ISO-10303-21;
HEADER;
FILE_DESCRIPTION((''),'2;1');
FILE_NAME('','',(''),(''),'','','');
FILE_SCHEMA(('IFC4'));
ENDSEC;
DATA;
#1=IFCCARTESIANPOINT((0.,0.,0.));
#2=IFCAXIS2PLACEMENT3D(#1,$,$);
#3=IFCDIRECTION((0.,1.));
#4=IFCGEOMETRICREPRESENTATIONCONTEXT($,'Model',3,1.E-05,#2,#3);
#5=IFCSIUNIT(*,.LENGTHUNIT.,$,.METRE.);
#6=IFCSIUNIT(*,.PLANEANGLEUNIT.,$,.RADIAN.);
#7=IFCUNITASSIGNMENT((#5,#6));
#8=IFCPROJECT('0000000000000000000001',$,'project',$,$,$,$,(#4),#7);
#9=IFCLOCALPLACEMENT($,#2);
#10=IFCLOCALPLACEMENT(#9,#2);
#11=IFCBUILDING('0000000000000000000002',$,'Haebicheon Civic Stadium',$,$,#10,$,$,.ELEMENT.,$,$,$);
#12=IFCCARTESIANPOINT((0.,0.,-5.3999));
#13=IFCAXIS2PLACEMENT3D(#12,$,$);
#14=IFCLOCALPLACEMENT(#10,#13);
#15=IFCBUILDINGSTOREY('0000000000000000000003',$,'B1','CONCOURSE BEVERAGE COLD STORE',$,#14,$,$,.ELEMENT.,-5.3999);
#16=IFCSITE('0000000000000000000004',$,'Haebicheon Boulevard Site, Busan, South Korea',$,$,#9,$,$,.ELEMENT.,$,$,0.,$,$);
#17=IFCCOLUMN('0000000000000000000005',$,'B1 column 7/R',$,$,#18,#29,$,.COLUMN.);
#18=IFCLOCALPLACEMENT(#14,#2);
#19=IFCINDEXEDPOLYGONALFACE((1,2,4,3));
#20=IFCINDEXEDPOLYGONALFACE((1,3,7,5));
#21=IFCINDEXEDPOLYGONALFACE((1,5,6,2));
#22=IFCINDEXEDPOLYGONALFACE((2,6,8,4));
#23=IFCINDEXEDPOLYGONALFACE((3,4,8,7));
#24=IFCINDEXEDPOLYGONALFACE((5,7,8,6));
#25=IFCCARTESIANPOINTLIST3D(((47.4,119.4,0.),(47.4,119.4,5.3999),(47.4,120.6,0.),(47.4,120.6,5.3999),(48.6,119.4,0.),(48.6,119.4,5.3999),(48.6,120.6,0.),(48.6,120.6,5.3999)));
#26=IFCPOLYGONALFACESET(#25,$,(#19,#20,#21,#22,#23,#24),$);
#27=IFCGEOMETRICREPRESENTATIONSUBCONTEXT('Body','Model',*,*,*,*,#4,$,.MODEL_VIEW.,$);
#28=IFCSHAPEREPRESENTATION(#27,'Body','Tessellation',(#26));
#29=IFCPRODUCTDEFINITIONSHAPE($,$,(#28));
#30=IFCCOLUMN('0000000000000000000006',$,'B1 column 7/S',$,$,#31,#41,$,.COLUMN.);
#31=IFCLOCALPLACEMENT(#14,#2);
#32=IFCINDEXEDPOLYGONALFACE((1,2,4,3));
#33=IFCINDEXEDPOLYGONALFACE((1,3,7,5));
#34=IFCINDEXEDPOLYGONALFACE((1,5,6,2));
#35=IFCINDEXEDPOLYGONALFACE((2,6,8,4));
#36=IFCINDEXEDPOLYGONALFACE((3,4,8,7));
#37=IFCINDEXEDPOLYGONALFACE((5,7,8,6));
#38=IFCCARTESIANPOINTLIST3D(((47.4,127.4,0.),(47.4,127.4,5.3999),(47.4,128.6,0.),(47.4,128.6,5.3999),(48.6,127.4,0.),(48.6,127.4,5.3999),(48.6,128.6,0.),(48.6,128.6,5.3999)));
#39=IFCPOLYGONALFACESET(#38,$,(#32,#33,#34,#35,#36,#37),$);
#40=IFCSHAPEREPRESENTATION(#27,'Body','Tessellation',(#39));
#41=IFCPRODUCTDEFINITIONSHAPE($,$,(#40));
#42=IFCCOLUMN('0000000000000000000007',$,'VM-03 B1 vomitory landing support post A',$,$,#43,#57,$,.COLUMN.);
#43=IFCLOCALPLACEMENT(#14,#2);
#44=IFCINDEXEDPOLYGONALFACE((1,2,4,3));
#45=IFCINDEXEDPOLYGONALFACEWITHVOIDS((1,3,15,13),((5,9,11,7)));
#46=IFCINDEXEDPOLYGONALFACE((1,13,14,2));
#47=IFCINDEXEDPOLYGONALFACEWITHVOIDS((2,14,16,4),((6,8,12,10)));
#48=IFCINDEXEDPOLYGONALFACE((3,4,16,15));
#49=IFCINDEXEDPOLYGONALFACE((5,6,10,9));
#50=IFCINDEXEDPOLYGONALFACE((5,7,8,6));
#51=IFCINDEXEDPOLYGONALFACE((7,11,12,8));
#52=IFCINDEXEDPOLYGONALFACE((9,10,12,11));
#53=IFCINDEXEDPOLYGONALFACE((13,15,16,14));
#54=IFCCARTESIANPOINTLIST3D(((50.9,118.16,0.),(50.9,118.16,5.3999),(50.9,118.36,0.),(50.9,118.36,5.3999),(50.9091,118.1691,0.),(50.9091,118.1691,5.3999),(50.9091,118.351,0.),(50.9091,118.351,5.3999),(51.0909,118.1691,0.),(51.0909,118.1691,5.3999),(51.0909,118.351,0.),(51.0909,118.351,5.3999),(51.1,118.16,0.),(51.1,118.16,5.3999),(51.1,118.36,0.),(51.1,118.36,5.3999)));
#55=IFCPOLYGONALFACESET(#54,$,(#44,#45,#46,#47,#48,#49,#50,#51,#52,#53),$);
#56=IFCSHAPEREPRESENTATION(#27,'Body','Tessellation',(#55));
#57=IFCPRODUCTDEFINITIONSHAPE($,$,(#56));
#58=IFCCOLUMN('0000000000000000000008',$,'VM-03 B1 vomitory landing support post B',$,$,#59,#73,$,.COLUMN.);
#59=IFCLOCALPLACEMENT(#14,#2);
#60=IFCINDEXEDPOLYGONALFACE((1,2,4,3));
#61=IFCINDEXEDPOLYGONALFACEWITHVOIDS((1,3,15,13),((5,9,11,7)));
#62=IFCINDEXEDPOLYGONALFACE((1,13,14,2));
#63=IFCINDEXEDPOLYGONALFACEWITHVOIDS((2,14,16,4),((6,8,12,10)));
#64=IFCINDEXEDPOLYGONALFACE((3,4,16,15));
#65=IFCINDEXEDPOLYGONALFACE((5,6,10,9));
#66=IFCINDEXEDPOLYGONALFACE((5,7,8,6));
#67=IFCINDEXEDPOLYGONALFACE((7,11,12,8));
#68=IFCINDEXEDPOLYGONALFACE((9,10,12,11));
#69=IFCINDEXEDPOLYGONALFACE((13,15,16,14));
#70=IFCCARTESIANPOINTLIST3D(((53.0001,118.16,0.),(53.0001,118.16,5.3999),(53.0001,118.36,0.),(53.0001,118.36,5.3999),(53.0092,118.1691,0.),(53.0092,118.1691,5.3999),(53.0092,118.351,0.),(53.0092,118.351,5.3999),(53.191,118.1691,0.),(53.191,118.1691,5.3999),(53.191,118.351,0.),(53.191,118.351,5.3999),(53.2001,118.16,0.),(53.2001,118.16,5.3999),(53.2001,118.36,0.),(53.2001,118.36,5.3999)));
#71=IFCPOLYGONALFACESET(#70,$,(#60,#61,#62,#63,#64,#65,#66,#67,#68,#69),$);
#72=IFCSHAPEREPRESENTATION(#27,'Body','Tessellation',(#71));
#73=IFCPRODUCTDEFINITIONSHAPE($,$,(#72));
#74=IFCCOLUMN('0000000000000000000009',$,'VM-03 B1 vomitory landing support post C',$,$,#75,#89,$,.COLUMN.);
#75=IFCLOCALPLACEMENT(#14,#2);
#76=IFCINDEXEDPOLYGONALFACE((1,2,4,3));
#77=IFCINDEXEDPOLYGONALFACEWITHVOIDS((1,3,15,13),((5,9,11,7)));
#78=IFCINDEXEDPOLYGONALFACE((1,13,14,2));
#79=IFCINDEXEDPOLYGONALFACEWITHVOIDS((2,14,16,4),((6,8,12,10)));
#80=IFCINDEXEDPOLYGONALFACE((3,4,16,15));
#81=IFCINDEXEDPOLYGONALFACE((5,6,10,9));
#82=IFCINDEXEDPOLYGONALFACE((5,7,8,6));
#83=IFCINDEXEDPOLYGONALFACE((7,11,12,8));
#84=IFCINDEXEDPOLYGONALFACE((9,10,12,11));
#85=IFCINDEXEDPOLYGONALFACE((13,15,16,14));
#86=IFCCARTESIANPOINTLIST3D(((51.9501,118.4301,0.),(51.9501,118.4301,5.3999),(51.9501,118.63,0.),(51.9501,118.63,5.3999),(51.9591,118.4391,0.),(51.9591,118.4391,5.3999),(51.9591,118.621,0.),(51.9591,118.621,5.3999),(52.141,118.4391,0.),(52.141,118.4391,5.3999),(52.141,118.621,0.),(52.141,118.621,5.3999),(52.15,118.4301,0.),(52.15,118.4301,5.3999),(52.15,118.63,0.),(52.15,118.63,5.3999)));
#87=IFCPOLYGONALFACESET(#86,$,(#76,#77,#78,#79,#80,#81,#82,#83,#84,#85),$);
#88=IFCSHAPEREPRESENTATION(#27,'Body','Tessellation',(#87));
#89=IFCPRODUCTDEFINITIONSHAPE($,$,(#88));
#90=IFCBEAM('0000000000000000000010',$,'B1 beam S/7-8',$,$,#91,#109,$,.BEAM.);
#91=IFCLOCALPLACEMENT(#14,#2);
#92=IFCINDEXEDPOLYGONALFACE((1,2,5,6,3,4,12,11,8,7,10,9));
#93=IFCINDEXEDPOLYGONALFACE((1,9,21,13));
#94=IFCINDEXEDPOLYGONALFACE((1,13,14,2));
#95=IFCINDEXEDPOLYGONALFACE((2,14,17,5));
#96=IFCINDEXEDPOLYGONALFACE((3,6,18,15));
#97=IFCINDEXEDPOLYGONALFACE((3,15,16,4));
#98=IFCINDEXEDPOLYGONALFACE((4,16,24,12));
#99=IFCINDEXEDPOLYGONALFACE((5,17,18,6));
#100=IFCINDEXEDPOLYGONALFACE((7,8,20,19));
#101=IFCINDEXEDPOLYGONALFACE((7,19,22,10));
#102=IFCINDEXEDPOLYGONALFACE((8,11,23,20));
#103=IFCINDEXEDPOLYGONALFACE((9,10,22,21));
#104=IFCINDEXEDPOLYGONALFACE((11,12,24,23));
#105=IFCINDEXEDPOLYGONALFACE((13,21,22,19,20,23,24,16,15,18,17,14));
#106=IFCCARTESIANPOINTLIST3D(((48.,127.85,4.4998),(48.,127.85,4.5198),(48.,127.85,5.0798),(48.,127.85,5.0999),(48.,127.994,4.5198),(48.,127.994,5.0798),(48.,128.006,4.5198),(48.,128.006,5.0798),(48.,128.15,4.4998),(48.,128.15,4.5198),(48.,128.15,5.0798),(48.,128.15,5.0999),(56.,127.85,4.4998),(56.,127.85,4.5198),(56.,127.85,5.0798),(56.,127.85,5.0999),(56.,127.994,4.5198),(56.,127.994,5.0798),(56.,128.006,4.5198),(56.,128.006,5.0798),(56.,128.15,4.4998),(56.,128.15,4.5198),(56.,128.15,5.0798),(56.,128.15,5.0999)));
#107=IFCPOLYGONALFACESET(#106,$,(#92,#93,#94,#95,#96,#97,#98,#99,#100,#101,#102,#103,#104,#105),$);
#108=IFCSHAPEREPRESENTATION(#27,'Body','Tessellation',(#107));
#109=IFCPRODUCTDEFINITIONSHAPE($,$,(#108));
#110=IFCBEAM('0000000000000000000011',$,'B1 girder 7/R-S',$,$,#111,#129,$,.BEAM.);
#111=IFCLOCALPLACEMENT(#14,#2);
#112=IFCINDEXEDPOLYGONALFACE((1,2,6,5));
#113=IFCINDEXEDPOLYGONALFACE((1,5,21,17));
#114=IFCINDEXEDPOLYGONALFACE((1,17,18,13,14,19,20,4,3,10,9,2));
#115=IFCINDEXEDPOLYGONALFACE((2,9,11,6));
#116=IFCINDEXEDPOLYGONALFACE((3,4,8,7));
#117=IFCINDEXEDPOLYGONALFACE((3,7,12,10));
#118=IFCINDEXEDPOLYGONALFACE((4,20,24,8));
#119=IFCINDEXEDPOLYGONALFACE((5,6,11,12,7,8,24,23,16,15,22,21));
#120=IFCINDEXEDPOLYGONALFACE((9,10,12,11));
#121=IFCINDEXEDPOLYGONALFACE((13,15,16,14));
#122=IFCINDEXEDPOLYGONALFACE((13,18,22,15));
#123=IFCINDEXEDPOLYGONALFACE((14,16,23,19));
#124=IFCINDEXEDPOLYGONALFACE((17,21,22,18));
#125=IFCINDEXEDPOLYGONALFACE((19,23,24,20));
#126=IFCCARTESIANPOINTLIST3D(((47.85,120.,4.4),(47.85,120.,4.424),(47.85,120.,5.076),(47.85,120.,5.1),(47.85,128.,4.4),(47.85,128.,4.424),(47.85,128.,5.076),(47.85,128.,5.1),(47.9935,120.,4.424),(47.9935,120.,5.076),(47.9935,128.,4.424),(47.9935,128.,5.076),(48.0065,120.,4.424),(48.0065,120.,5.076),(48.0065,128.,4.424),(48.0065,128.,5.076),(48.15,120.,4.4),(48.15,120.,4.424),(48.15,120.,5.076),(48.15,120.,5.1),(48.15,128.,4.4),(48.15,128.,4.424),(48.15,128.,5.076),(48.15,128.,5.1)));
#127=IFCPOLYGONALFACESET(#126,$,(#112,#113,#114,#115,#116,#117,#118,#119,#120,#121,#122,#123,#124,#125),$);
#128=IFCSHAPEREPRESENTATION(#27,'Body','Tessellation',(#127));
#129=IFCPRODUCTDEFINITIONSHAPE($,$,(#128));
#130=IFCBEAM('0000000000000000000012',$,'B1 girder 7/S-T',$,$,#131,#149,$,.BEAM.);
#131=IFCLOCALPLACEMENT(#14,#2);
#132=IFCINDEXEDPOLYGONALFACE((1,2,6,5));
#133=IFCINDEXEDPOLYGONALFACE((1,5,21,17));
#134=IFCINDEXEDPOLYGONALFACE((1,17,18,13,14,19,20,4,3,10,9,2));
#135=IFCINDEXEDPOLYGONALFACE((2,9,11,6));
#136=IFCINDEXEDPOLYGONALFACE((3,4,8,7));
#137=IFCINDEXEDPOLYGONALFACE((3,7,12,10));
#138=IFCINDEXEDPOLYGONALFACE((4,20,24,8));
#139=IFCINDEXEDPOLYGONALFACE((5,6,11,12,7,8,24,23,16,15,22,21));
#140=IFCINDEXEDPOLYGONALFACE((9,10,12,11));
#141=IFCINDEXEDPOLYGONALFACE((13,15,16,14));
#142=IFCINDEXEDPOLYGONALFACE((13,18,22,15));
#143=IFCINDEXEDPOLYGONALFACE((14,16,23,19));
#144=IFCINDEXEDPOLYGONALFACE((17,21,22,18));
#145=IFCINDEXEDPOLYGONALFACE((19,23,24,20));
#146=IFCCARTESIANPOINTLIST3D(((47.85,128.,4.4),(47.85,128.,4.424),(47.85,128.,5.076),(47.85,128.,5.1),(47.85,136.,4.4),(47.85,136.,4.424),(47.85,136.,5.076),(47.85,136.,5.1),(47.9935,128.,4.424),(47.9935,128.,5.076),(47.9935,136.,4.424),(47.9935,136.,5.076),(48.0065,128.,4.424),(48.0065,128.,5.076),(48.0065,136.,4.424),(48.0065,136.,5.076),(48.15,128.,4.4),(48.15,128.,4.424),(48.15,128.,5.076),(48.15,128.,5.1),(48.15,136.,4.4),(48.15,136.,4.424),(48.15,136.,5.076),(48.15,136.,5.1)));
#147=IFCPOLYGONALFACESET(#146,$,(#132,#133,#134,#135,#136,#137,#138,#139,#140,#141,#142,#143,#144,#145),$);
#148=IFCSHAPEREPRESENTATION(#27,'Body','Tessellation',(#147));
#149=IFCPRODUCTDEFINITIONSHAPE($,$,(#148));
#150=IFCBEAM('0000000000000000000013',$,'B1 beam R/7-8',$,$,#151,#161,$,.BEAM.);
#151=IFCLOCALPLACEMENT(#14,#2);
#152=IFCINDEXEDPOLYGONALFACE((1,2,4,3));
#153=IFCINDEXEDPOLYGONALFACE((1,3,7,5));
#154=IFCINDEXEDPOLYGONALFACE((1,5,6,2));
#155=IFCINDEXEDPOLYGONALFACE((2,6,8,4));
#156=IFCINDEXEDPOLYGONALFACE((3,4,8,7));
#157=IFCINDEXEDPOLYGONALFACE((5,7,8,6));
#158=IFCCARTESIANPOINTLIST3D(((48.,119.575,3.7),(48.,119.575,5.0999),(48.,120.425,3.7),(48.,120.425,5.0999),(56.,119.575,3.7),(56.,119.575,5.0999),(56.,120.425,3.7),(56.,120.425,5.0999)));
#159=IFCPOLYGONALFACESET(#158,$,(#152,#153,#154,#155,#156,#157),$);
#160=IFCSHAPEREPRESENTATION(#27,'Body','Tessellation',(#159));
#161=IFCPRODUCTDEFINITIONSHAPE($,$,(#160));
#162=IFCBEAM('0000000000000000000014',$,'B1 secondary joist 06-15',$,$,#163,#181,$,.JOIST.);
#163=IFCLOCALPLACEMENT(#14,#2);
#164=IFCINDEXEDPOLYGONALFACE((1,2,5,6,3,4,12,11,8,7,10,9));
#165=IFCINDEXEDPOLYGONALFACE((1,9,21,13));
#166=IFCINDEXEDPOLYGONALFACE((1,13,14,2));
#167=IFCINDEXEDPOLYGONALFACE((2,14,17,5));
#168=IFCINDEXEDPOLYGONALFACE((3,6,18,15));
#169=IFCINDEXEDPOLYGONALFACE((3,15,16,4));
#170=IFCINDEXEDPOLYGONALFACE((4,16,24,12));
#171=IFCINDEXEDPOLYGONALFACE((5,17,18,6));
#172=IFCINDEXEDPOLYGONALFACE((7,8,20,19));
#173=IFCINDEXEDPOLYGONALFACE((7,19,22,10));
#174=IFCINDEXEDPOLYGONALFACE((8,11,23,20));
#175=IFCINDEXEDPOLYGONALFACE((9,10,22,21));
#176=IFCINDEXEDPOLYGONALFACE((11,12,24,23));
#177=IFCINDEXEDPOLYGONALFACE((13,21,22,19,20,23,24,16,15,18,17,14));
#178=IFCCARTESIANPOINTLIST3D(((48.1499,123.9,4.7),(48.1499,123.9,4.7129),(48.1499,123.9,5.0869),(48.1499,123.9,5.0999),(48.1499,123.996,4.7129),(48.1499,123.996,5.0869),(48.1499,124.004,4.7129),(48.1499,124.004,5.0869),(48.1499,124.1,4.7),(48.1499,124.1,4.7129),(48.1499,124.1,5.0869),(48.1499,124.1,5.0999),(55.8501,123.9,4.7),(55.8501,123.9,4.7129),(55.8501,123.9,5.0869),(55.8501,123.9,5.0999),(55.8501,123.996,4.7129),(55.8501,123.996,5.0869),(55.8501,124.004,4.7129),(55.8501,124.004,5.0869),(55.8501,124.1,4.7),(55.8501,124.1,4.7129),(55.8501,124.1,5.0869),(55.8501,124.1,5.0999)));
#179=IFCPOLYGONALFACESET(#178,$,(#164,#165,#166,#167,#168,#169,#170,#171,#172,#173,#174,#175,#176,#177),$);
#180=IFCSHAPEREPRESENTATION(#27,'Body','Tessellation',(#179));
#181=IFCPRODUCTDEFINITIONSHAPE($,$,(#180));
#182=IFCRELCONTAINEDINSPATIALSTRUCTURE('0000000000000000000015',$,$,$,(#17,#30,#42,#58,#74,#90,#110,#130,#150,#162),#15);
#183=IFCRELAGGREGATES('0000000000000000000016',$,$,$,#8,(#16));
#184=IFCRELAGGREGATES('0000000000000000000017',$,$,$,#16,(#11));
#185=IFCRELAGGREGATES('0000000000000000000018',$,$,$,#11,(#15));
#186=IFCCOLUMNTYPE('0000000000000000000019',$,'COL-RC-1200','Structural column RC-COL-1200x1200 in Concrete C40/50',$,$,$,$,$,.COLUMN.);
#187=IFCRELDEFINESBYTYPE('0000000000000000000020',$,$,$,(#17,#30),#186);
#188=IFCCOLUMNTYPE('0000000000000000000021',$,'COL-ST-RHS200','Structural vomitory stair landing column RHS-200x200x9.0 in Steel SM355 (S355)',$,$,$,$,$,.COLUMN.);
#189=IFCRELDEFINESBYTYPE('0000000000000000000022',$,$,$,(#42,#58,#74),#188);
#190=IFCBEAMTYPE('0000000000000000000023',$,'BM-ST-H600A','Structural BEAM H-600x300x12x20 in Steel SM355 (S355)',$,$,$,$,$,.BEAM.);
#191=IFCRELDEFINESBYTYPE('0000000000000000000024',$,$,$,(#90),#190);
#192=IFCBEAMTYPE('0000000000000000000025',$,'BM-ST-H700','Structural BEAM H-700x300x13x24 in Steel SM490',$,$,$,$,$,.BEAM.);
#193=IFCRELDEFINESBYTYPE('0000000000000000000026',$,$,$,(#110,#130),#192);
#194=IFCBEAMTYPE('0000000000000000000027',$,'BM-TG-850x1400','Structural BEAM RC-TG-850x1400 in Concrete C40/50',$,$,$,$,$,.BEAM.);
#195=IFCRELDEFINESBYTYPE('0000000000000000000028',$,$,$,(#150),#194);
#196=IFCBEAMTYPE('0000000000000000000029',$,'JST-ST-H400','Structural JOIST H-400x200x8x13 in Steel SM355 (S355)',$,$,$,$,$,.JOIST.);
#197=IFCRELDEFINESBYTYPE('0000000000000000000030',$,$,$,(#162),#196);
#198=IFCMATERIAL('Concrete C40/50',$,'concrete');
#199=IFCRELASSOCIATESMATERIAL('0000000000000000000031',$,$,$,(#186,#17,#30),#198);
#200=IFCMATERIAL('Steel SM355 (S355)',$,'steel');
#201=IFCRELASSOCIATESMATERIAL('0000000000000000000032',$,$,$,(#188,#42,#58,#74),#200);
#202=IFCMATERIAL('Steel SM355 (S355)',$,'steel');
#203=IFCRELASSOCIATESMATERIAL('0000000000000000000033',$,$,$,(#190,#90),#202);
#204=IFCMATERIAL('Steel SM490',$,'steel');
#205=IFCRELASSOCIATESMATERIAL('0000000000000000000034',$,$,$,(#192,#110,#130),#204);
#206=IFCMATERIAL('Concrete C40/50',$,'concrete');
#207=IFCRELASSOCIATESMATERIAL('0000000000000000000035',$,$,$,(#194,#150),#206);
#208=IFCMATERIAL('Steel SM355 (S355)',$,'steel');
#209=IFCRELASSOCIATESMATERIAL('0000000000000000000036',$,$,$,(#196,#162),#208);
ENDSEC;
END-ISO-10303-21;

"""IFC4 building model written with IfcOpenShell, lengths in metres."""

from ifc_helpers import new_model, si_unit, direction, frame, origin, origin_2d, place, context, subcontext, project, spatial, rectangle, hollow_rectangle, i_section, extrude, material, material_profile, profile_set, type_object, element, save


model = new_model("IFC4")

# Units and contexts
model_context = context("Model", 3, precision=1e-05, world=origin(), true_north=direction((0.0, 1.0)))
body_context = subcontext(model_context, "Body", "Model", "MODEL_VIEW")
ifc_project = project(units=[si_unit("LENGTHUNIT", "METRE"), si_unit("PLANEANGLEUNIT", "RADIAN")], contexts=[model_context])

# Site, building, storey
site_placement = place(None, origin())
site = spatial("IfcSite", under=ifc_project, at=site_placement, Name="Haebicheon Boulevard Site, Busan, South Korea", CompositionType="ELEMENT", RefElevation=0.0)
building_placement = place(site_placement, origin())
building = spatial("IfcBuilding", under=site, at=building_placement, Name="Haebicheon Civic Stadium", CompositionType="ELEMENT")
storey_placement = place(building_placement, frame((0.0, 0.0, -5.3999)))
storey = spatial("IfcBuildingStorey", under=building, at=storey_placement, Name="B1", Description="CONCOURSE BEVERAGE COLD STORE", CompositionType="ELEMENT", Elevation=-5.3999)

# Columns
ifc_material_1 = material(Name="Concrete C40/50", Category="concrete")
ifc_material_profile_1 = material_profile(ifc_material_1, rectangle(XDim=1.2, YDim=1.2, at=origin_2d()), Name="RC-COL-1200x1200")
ifc_profile_set_1 = profile_set([ifc_material_profile_1], Name="Concrete C40/50")
column_type_1 = type_object("IfcColumnType", Name="COL-RC-1200", Description="Structural column RC-COL-1200x1200 in Concrete C40/50", PredefinedType="COLUMN", material=ifc_profile_set_1)
for number, where, z_axis, x_axis, name in (
    (1, (48.0, 120.0, 0.0), (0.0, 0.0, 1.0), (1.0, 0.0, 0.0), "B1 column 7/R"),
    (2, (48.0, 128.0, 0.0), (0.0, 0.0, 1.0), (1.0, 0.0, 0.0), "B1 column 7/S"),
):
    element("IfcColumn", number, at=place(storey_placement, frame(where, z_axis=z_axis, x_axis=x_axis)), inside=storey, type_object=column_type_1, material=ifc_profile_set_1, Name=name, PredefinedType="COLUMN", context=body_context, shape_type="SweptSolid", body=[
        extrude(rectangle(XDim=1.2, YDim=1.2, at=origin_2d()), origin(), (0.0, 0.0, 1.0), 5.3999),
    ])
ifc_material_2 = material(Name="Steel SM355 (S355)", Category="steel")
ifc_material_profile_2 = material_profile(ifc_material_2, hollow_rectangle(XDim=0.2, YDim=0.2, WallThickness=0.009, at=origin_2d()), Name="RHS-200x200x9.0")
ifc_profile_set_2 = profile_set([ifc_material_profile_2], Name="Steel SM355 (S355)")
column_type_2 = type_object("IfcColumnType", Name="COL-ST-RHS200", Description="Structural vomitory stair landing column RHS-200x200x9.0 in Steel SM355 (S355)", PredefinedType="COLUMN", material=ifc_profile_set_2)
for number, where, z_axis, x_axis, name in (
    (3, (51.0, 118.26, 0.0), (0.0, 0.0, 1.0), (1.0, 0.0, 0.0), "VM-03 B1 vomitory landing support post A"),
    (4, (53.1001, 118.26, 0.0), (0.0, 0.0, 1.0), (1.0, 0.0, 0.0), "VM-03 B1 vomitory landing support post B"),
    (5, (52.05, 118.53, 0.0), (0.0, 0.0, 1.0), (1.0, 0.0, 0.0), "VM-03 B1 vomitory landing support post C"),
):
    element("IfcColumn", number, at=place(storey_placement, frame(where, z_axis=z_axis, x_axis=x_axis)), inside=storey, type_object=column_type_2, material=ifc_profile_set_2, Name=name, PredefinedType="COLUMN", context=body_context, shape_type="SweptSolid", body=[
        extrude(hollow_rectangle(XDim=0.2, YDim=0.2, WallThickness=0.009, at=origin_2d()), origin(), (0.0, 0.0, 1.0), 5.3999),
    ])

# Beams
ifc_material_3 = material(Name="Steel SM355 (S355)", Category="steel")
ifc_material_profile_3 = material_profile(ifc_material_3, i_section(OverallWidth=0.3, OverallDepth=0.6001, WebThickness=0.012, FlangeThickness=0.02, at=origin_2d()), Name="H-600x300x12x20")
ifc_profile_set_3 = profile_set([ifc_material_profile_3], Name="Steel SM355 (S355)")
beam_type_1 = type_object("IfcBeamType", Name="BM-ST-H600A", Description="Structural BEAM H-600x300x12x20 in Steel SM355 (S355)", PredefinedType="BEAM", material=ifc_profile_set_3)
beam_1_placement = place(storey_placement, frame((48.0, 128.0, 4.7998), z_axis=(1.0, 0.0, 0.0), x_axis=(0.0, 1.0, 0.0)))
element("IfcBeam", 6, at=beam_1_placement, inside=storey, type_object=beam_type_1, material=ifc_profile_set_3, Name="B1 beam S/7-8", PredefinedType="BEAM", context=body_context, shape_type="SweptSolid", body=[
    extrude(i_section(OverallWidth=0.3, OverallDepth=0.6001, WebThickness=0.012, FlangeThickness=0.02, at=origin_2d()), origin(), (0.0, 0.0, 1.0), 8.0),
])
ifc_material_4 = material(Name="Steel SM490", Category="steel")
ifc_material_profile_4 = material_profile(ifc_material_4, i_section(OverallWidth=0.3, OverallDepth=0.7, WebThickness=0.0129, FlangeThickness=0.0239, at=origin_2d()), Name="H-700x300x13x24")
ifc_profile_set_4 = profile_set([ifc_material_profile_4], Name="Steel SM490")
beam_type_2 = type_object("IfcBeamType", Name="BM-ST-H700", Description="Structural BEAM H-700x300x13x24 in Steel SM490", PredefinedType="BEAM", material=ifc_profile_set_4)
for number, where, z_axis, x_axis, name in (
    (7, (48.0, 120.0, 4.75), (0.0, 1.0, 0.0), (-1.0, 0.0, 0.0), "B1 girder 7/R-S"),
    (8, (48.0, 128.0, 4.75), (0.0, 1.0, 0.0), (-1.0, 0.0, 0.0), "B1 girder 7/S-T"),
):
    element("IfcBeam", number, at=place(storey_placement, frame(where, z_axis=z_axis, x_axis=x_axis)), inside=storey, type_object=beam_type_2, material=ifc_profile_set_4, Name=name, PredefinedType="BEAM", context=body_context, shape_type="SweptSolid", body=[
        extrude(i_section(OverallWidth=0.3, OverallDepth=0.7, WebThickness=0.0129, FlangeThickness=0.0239, at=origin_2d()), origin(), (0.0, 0.0, 1.0), 8.0),
    ])
ifc_material_5 = material(Name="Concrete C40/50", Category="concrete")
ifc_material_profile_5 = material_profile(ifc_material_5, rectangle(XDim=0.8501, YDim=1.3999, at=origin_2d()), Name="RC-TG-850x1400")
ifc_profile_set_5 = profile_set([ifc_material_profile_5], Name="Concrete C40/50")
beam_type_3 = type_object("IfcBeamType", Name="BM-TG-850x1400", Description="Structural BEAM RC-TG-850x1400 in Concrete C40/50", PredefinedType="BEAM", material=ifc_profile_set_5)
beam_2_placement = place(storey_placement, frame((48.0, 120.0, 4.3999), z_axis=(1.0, 0.0, 0.0), x_axis=(0.0, 1.0, 0.0)))
element("IfcBeam", 9, at=beam_2_placement, inside=storey, type_object=beam_type_3, material=ifc_profile_set_5, Name="B1 beam R/7-8", PredefinedType="BEAM", context=body_context, shape_type="SweptSolid", body=[
    extrude(rectangle(XDim=0.8501, YDim=1.3999, at=origin_2d()), origin(), (0.0, 0.0, 1.0), 8.0),
])
ifc_material_6 = material(Name="Steel SM355 (S355)", Category="steel")
ifc_material_profile_6 = material_profile(ifc_material_6, i_section(OverallWidth=0.2, OverallDepth=0.3999, WebThickness=0.0081, FlangeThickness=0.0129, at=origin_2d()), Name="H-400x200x8x13")
ifc_profile_set_6 = profile_set([ifc_material_profile_6], Name="Steel SM355 (S355)")
beam_type_4 = type_object("IfcBeamType", Name="JST-ST-H400", Description="Structural JOIST H-400x200x8x13 in Steel SM355 (S355)", PredefinedType="JOIST", material=ifc_profile_set_6)
beam_3_placement = place(storey_placement, frame((48.1499, 124.0, 4.8999), z_axis=(1.0, 0.0, 0.0), x_axis=(0.0, 1.0, 0.0)))
element("IfcBeam", 10, at=beam_3_placement, inside=storey, type_object=beam_type_4, material=ifc_profile_set_6, Name="B1 secondary joist 06-15", PredefinedType="JOIST", context=body_context, shape_type="SweptSolid", body=[
    extrude(i_section(OverallWidth=0.2, OverallDepth=0.3999, WebThickness=0.0081, FlangeThickness=0.0129, at=origin_2d()), origin(), (0.0, 0.0, 1.0), 7.7002),
])

save(model, "model.ifc")
